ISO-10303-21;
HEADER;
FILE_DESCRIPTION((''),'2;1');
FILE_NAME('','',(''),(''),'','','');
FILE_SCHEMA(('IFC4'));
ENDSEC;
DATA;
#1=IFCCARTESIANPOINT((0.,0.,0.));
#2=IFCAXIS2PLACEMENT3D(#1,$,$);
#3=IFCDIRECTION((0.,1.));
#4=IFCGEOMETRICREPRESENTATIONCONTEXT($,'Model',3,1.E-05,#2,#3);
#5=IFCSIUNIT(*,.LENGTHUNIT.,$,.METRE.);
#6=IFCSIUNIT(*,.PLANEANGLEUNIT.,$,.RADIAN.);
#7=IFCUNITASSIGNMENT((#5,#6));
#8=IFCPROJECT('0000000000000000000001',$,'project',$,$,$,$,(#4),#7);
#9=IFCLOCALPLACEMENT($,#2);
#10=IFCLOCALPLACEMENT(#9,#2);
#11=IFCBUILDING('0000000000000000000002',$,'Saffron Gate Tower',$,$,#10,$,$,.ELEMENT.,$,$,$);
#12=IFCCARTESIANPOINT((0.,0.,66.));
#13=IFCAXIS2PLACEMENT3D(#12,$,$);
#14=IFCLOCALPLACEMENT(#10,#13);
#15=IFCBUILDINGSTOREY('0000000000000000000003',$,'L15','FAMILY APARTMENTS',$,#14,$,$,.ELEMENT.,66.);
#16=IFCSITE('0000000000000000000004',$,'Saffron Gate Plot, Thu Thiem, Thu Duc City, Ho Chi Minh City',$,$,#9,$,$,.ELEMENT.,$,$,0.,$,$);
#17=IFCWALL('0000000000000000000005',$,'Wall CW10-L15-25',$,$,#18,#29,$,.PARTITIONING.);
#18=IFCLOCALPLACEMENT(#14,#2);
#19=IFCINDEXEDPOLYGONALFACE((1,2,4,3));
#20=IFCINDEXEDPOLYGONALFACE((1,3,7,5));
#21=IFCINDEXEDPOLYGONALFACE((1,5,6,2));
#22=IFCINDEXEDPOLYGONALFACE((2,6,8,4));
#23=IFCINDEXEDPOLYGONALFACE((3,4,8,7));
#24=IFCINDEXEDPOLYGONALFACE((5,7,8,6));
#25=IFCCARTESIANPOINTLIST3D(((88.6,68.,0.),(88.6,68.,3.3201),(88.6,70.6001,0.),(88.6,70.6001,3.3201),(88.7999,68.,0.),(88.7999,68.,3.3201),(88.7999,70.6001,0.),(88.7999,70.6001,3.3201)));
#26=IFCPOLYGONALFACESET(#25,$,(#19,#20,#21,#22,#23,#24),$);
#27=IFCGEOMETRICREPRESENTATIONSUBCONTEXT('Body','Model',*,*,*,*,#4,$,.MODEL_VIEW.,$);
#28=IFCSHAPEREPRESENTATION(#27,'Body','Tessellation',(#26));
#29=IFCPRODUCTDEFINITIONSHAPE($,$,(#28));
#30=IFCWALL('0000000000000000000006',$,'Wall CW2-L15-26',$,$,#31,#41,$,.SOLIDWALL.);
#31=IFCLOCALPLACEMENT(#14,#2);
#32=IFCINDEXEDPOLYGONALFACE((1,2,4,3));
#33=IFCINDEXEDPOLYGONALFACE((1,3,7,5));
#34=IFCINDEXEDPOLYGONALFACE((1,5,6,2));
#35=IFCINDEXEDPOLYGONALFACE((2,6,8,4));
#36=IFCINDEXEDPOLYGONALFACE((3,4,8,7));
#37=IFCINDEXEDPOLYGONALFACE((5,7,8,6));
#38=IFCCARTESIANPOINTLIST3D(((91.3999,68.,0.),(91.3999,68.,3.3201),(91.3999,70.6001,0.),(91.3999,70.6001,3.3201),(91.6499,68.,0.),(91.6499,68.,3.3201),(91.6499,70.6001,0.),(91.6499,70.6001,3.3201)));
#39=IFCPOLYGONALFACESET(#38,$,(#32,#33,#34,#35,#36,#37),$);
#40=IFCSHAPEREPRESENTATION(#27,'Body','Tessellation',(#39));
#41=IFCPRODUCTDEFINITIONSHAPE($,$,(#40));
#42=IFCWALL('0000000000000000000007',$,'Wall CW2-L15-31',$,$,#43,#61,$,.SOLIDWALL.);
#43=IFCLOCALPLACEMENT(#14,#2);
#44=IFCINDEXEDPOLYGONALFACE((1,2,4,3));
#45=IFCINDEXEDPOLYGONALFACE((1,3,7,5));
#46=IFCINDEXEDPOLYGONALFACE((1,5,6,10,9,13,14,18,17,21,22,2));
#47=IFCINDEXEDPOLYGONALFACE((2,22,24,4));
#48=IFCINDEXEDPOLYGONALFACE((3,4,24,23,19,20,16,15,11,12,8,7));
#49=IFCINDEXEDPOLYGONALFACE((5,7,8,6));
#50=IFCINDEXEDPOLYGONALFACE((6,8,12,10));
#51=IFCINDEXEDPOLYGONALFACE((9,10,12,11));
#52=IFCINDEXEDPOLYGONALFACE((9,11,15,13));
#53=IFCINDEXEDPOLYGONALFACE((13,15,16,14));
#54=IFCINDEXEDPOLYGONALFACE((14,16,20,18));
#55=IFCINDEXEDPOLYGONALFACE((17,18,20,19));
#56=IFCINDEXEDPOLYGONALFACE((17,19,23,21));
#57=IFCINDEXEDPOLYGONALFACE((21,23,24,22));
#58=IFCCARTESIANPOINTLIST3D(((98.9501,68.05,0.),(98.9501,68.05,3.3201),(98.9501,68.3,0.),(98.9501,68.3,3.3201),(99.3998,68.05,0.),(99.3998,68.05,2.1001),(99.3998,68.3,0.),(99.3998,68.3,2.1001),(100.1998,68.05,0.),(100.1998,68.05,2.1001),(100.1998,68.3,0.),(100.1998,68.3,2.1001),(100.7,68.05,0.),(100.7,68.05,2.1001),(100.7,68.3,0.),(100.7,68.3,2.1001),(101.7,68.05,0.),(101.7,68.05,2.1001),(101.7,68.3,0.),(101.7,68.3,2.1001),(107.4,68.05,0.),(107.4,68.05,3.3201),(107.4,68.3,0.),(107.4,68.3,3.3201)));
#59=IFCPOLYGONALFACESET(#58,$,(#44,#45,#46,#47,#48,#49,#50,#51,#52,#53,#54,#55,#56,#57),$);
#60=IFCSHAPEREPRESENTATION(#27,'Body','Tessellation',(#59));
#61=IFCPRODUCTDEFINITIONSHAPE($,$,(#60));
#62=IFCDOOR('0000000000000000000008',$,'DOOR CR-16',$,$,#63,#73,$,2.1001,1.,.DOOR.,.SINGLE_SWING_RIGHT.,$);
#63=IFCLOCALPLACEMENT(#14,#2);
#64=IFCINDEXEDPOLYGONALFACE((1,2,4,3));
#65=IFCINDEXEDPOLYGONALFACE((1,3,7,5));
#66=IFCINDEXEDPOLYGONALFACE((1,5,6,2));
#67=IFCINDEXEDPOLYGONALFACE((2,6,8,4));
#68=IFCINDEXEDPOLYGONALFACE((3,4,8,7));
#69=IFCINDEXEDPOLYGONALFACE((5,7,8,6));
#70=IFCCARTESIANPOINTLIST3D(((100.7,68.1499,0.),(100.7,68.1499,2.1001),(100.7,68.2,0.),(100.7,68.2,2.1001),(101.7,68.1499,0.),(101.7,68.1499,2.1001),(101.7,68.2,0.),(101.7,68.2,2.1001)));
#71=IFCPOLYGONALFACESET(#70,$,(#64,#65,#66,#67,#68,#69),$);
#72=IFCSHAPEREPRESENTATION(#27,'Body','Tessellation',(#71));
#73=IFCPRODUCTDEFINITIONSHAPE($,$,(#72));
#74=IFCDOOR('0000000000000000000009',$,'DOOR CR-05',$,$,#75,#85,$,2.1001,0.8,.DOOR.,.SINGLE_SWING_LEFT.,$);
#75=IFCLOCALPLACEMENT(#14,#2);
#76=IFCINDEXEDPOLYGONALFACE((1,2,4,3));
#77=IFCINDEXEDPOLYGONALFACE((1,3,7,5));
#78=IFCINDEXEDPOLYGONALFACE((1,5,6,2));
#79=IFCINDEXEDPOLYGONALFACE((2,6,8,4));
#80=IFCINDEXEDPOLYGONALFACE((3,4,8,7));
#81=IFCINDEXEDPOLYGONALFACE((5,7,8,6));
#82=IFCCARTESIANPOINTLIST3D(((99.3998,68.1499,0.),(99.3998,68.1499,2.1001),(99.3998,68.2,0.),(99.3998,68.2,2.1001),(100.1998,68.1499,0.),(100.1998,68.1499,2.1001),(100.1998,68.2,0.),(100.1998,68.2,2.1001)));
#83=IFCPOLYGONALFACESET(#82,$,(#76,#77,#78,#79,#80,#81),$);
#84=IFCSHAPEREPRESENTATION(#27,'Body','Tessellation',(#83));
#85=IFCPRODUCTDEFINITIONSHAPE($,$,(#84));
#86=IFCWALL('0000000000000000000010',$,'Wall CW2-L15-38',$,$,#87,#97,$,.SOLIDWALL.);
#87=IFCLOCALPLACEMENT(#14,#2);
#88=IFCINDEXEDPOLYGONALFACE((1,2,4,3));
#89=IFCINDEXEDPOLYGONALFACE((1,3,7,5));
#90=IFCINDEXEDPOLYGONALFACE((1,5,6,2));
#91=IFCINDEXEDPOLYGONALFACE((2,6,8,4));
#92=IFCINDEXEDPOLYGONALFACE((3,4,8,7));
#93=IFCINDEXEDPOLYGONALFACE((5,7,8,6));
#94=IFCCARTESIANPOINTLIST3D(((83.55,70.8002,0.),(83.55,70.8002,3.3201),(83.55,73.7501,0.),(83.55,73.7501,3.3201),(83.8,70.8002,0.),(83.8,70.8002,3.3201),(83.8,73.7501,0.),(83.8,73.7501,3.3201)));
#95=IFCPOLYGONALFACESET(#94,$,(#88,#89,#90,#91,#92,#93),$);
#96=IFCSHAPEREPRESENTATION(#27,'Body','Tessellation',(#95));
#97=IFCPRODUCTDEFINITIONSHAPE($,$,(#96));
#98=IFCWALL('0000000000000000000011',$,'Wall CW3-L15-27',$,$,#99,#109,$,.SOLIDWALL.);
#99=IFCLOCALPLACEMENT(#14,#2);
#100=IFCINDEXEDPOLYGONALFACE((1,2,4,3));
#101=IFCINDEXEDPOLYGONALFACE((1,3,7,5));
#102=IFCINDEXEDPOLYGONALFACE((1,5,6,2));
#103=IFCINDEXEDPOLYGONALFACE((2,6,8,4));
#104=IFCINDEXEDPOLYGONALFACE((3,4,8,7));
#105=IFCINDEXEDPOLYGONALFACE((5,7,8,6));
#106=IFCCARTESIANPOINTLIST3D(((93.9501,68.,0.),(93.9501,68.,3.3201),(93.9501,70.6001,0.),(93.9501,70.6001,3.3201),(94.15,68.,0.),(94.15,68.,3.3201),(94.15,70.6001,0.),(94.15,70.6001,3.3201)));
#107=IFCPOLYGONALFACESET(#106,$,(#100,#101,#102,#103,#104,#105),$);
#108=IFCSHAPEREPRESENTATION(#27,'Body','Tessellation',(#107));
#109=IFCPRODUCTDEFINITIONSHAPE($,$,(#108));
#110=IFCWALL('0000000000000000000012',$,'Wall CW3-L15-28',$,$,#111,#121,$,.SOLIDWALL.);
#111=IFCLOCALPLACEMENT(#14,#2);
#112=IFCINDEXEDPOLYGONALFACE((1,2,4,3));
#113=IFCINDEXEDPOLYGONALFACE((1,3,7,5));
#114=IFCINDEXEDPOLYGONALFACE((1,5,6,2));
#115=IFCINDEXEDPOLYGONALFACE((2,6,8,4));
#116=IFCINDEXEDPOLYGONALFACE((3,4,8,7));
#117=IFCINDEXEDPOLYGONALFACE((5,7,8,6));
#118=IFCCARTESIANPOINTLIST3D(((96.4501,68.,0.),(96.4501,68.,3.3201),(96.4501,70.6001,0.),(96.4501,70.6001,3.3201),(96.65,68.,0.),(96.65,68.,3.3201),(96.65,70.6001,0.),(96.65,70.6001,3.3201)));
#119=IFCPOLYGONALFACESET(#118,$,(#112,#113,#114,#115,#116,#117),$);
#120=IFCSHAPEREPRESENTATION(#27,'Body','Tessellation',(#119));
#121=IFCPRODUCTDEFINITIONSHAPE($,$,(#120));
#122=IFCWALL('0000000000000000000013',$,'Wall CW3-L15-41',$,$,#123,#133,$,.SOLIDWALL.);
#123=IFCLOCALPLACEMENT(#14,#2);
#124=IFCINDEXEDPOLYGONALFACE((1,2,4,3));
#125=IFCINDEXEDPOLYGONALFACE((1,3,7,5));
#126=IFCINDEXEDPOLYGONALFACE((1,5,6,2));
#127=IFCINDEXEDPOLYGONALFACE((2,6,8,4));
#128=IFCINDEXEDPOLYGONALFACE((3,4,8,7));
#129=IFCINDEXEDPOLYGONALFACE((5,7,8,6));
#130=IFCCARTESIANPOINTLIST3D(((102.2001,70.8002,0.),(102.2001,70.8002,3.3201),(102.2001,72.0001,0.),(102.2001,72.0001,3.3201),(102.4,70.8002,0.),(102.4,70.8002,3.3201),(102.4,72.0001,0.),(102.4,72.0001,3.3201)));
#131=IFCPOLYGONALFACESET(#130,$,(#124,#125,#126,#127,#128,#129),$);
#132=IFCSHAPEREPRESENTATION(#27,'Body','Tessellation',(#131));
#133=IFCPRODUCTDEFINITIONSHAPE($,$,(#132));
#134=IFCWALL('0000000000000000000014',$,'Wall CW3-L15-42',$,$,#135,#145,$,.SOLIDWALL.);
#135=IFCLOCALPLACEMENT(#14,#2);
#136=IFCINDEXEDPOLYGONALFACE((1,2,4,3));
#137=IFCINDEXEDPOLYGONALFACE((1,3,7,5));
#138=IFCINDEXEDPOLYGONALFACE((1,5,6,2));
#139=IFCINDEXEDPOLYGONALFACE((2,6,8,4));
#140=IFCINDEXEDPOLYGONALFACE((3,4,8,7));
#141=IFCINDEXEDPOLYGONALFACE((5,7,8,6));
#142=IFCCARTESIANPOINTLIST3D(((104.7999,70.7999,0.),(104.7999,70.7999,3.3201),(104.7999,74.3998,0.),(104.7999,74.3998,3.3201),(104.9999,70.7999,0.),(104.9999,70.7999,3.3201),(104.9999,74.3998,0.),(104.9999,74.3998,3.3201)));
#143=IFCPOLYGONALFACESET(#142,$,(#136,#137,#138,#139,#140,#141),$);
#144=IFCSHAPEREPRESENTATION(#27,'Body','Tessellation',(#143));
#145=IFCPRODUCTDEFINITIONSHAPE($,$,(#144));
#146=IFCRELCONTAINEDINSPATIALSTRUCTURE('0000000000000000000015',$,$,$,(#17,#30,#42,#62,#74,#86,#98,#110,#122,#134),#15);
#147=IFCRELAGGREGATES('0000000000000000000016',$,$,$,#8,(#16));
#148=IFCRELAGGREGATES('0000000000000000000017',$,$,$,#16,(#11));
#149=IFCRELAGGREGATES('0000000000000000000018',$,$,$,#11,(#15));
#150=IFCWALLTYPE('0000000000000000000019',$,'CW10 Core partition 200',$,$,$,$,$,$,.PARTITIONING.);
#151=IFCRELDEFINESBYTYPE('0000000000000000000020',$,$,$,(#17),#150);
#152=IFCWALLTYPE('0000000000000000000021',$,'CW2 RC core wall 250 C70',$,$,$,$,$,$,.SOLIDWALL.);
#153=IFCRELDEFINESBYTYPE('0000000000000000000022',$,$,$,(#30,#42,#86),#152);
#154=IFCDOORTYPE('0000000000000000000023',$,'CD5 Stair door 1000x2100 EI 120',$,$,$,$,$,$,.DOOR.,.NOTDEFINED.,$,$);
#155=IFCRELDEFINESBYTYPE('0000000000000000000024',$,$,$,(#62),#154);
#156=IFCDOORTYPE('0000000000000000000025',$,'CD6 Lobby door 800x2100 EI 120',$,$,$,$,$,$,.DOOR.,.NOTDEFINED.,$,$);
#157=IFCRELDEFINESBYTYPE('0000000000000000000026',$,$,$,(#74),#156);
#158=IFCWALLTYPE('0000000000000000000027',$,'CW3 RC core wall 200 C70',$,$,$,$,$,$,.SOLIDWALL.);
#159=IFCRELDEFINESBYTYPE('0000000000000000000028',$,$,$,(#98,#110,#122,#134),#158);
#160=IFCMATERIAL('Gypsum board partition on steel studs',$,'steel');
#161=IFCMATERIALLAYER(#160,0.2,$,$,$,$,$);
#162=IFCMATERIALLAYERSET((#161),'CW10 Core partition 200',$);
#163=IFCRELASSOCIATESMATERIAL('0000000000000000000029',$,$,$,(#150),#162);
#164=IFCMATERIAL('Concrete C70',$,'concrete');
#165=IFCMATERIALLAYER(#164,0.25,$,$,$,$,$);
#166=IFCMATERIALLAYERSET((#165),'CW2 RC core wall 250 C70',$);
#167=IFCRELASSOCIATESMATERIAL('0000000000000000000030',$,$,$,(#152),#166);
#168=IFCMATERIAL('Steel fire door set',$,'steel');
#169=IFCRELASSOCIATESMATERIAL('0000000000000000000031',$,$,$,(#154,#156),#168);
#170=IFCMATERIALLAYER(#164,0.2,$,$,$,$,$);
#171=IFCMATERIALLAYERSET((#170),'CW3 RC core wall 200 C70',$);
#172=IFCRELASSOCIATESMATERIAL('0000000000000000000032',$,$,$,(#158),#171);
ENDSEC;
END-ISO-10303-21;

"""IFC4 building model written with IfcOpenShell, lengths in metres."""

from ifc_helpers import new_model, si_unit, direction, frame, frame_2d, origin, place, context, subcontext, project, spatial, rectangle, extrude, material, layer, layer_set, type_object, element, fill, save


model = new_model("IFC4")

# Units and contexts
model_context = context("Model", 3, precision=1e-05, world=origin(), true_north=direction((0.0, 1.0)))
body_context = subcontext(model_context, "Body", "Model", "MODEL_VIEW")
ifc_project = project(units=[si_unit("LENGTHUNIT", "METRE"), si_unit("PLANEANGLEUNIT", "RADIAN")], contexts=[model_context])

# Site, building, storey
site_placement = place(None, origin())
site = spatial("IfcSite", under=ifc_project, at=site_placement, Name="Saffron Gate Plot, Thu Thiem, Thu Duc City, Ho Chi Minh City", CompositionType="ELEMENT", RefElevation=0.0)
building_placement = place(site_placement, origin())
building = spatial("IfcBuilding", under=site, at=building_placement, Name="Saffron Gate Tower", CompositionType="ELEMENT")
storey_placement = place(building_placement, frame((0.0, 0.0, 66.0)))
storey = spatial("IfcBuildingStorey", under=building, at=storey_placement, Name="L15", Description="FAMILY APARTMENTS", CompositionType="ELEMENT", Elevation=66.0)

# Walls
ifc_material_1 = material(Name="Gypsum board partition on steel studs", Category="steel")
ifc_layer_1 = layer(ifc_material_1, 0.2)
ifc_layer_set_1 = layer_set([ifc_layer_1], Name="CW10 Core partition 200")
wall_type_1 = type_object("IfcWallType", Name="CW10 Core partition 200", PredefinedType="PARTITIONING", material=ifc_layer_set_1)
wall_1_placement = place(storey_placement, frame((88.7, 68.0, 0.0), z_axis=(0.0, 0.0, 1.0), x_axis=(0.0, 1.0, 0.0)))
element("IfcWall", 1, at=wall_1_placement, inside=storey, type_object=wall_type_1, Name="Wall CW10-L15-25", PredefinedType="PARTITIONING", context=body_context, shape_type="SweptSolid", body=[
    extrude(rectangle(XDim=2.6001, YDim=0.2, at=frame_2d((1.3, 0.0))), origin(), (0.0, 0.0, 1.0), 3.3201),
])
ifc_material_2 = material(Name="Concrete C70", Category="concrete")
ifc_layer_2 = layer(ifc_material_2, 0.25)
ifc_layer_set_2 = layer_set([ifc_layer_2], Name="CW2 RC core wall 250 C70")
wall_type_2 = type_object("IfcWallType", Name="CW2 RC core wall 250 C70", PredefinedType="SOLIDWALL", material=ifc_layer_set_2)
wall_2_placement = place(storey_placement, frame((91.5249, 68.0, 0.0), z_axis=(0.0, 0.0, 1.0), x_axis=(0.0, 1.0, 0.0)))
element("IfcWall", 2, at=wall_2_placement, inside=storey, type_object=wall_type_2, Name="Wall CW2-L15-26", PredefinedType="SOLIDWALL", context=body_context, shape_type="SweptSolid", body=[
    extrude(rectangle(XDim=2.6001, YDim=0.25, at=frame_2d((1.3, 0.0))), origin(), (0.0, 0.0, 1.0), 3.3201),
])

# Wall, openings, doors
wall_3_placement = place(storey_placement, frame((98.95, 68.175, 0.0), z_axis=(0.0, 0.0, 1.0), x_axis=(1.0, 0.0, 0.0)))
wall_3 = element("IfcWall", 3, at=wall_3_placement, inside=storey, type_object=wall_type_2, Name="Wall CW2-L15-31", PredefinedType="SOLIDWALL", context=body_context, shape_type="SweptSolid", body=[
    extrude(rectangle(XDim=8.45, YDim=0.25, at=frame_2d((4.2251, 0.0))), origin(), (0.0, 0.0, 1.0), 3.3201),
])
opening_1_placement = place(wall_3_placement, frame((0.45, 0.0, 0.0)))
opening_1 = element("IfcOpeningElement", 4, at=opening_1_placement, cuts=wall_3, PredefinedType="OPENING", context=body_context, shape_type="SweptSolid", body=[
    extrude(rectangle(XDim=0.8, YDim=2.1001, at=frame_2d((0.3999, 1.05))), frame((0.0, 0.135, 0.0), z_axis=(0.0, -1.0, 0.0), x_axis=(1.0, 0.0, 0.0)), (0.0, 0.0, 1.0), 0.27),
])
opening_2_placement = place(wall_3_placement, frame((1.75, 0.0, 0.0)))
opening_2 = element("IfcOpeningElement", 5, at=opening_2_placement, cuts=wall_3, PredefinedType="OPENING", context=body_context, shape_type="SweptSolid", body=[
    extrude(rectangle(XDim=1.0, YDim=2.1001, at=frame_2d((0.5, 1.05))), frame((0.0, 0.135, 0.0), z_axis=(0.0, -1.0, 0.0), x_axis=(1.0, 0.0, 0.0)), (0.0, 0.0, 1.0), 0.27),
])
ifc_material_3 = material(Name="Steel fire door set", Category="steel")
door_type_1 = type_object("IfcDoorType", Name="CD5 Stair door 1000x2100 EI 120", OperationType="NOTDEFINED", PredefinedType="DOOR", material=ifc_material_3)
door_1_placement = place(opening_2_placement, origin())
door_1 = element("IfcDoor", 6, at=door_1_placement, inside=storey, type_object=door_type_1, Name="DOOR CR-16", OperationType="SINGLE_SWING_RIGHT", OverallHeight=2.1001, OverallWidth=1.0, PredefinedType="DOOR", context=body_context, shape_type="SweptSolid", body=[
    extrude(rectangle(XDim=1.0, YDim=2.1001, at=frame_2d((0.5, 1.05))), frame((0.0, 0.0249, 0.0), z_axis=(0.0, -1.0, 0.0), x_axis=(1.0, 0.0, 0.0)), (0.0, 0.0, 1.0), 0.05),
])
fill(opening_2, door_1)
door_type_2 = type_object("IfcDoorType", Name="CD6 Lobby door 800x2100 EI 120", OperationType="NOTDEFINED", PredefinedType="DOOR", material=ifc_material_3)
door_2_placement = place(opening_1_placement, origin())
door_2 = element("IfcDoor", 7, at=door_2_placement, inside=storey, type_object=door_type_2, Name="DOOR CR-05", OperationType="SINGLE_SWING_LEFT", OverallHeight=2.1001, OverallWidth=0.8, PredefinedType="DOOR", context=body_context, shape_type="SweptSolid", body=[
    extrude(rectangle(XDim=0.8, YDim=2.1001, at=frame_2d((0.3999, 1.05))), frame((0.0, 0.0249, 0.0), z_axis=(0.0, -1.0, 0.0), x_axis=(1.0, 0.0, 0.0)), (0.0, 0.0, 1.0), 0.05),
])
fill(opening_1, door_2)

# Walls
wall_4_placement = place(storey_placement, frame((83.675, 70.8, 0.0), z_axis=(0.0, 0.0, 1.0), x_axis=(0.0, 1.0, 0.0)))
element("IfcWall", 8, at=wall_4_placement, inside=storey, type_object=wall_type_2, Name="Wall CW2-L15-38", PredefinedType="SOLIDWALL", context=body_context, shape_type="SweptSolid", body=[
    extrude(rectangle(XDim=2.95, YDim=0.25, at=frame_2d((1.4751, 0.0))), origin(), (0.0, 0.0, 1.0), 3.3201),
])
ifc_layer_3 = layer(ifc_material_2, 0.2)
ifc_layer_set_3 = layer_set([ifc_layer_3], Name="CW3 RC core wall 200 C70")
wall_type_3 = type_object("IfcWallType", Name="CW3 RC core wall 200 C70", PredefinedType="SOLIDWALL", material=ifc_layer_set_3)
for number, where, z_axis, x_axis, name in (
    (9, (94.05, 68.0, 0.0), (0.0, 0.0, 1.0), (0.0, 1.0, 0.0), "Wall CW3-L15-27"),
    (10, (96.55, 68.0, 0.0), (0.0, 0.0, 1.0), (0.0, 1.0, 0.0), "Wall CW3-L15-28"),
):
    element("IfcWall", number, at=place(storey_placement, frame(where, z_axis=z_axis, x_axis=x_axis)), inside=storey, type_object=wall_type_3, Name=name, PredefinedType="SOLIDWALL", context=body_context, shape_type="SweptSolid", body=[
        extrude(rectangle(XDim=2.6001, YDim=0.2, at=frame_2d((1.3, 0.0))), origin(), (0.0, 0.0, 1.0), 3.3201),
    ])
wall_5_placement = place(storey_placement, frame((102.3, 70.8, 0.0), z_axis=(0.0, 0.0, 1.0), x_axis=(0.0, 1.0, 0.0)))
element("IfcWall", 11, at=wall_5_placement, inside=storey, type_object=wall_type_3, Name="Wall CW3-L15-41", PredefinedType="SOLIDWALL", context=body_context, shape_type="SweptSolid", body=[
    extrude(rectangle(XDim=1.2, YDim=0.2, at=frame_2d((0.6001, 0.0))), origin(), (0.0, 0.0, 1.0), 3.3201),
])
wall_6_placement = place(storey_placement, frame((104.8999, 70.8, 0.0), z_axis=(0.0, 0.0, 1.0), x_axis=(0.0, 1.0, 0.0)))
element("IfcWall", 12, at=wall_6_placement, inside=storey, type_object=wall_type_3, Name="Wall CW3-L15-42", PredefinedType="SOLIDWALL", context=body_context, shape_type="SweptSolid", body=[
    extrude(rectangle(XDim=3.5999, YDim=0.2, at=frame_2d((1.7998, 0.0))), origin(), (0.0, 0.0, 1.0), 3.3201),
])

save(model, "model.ifc")
